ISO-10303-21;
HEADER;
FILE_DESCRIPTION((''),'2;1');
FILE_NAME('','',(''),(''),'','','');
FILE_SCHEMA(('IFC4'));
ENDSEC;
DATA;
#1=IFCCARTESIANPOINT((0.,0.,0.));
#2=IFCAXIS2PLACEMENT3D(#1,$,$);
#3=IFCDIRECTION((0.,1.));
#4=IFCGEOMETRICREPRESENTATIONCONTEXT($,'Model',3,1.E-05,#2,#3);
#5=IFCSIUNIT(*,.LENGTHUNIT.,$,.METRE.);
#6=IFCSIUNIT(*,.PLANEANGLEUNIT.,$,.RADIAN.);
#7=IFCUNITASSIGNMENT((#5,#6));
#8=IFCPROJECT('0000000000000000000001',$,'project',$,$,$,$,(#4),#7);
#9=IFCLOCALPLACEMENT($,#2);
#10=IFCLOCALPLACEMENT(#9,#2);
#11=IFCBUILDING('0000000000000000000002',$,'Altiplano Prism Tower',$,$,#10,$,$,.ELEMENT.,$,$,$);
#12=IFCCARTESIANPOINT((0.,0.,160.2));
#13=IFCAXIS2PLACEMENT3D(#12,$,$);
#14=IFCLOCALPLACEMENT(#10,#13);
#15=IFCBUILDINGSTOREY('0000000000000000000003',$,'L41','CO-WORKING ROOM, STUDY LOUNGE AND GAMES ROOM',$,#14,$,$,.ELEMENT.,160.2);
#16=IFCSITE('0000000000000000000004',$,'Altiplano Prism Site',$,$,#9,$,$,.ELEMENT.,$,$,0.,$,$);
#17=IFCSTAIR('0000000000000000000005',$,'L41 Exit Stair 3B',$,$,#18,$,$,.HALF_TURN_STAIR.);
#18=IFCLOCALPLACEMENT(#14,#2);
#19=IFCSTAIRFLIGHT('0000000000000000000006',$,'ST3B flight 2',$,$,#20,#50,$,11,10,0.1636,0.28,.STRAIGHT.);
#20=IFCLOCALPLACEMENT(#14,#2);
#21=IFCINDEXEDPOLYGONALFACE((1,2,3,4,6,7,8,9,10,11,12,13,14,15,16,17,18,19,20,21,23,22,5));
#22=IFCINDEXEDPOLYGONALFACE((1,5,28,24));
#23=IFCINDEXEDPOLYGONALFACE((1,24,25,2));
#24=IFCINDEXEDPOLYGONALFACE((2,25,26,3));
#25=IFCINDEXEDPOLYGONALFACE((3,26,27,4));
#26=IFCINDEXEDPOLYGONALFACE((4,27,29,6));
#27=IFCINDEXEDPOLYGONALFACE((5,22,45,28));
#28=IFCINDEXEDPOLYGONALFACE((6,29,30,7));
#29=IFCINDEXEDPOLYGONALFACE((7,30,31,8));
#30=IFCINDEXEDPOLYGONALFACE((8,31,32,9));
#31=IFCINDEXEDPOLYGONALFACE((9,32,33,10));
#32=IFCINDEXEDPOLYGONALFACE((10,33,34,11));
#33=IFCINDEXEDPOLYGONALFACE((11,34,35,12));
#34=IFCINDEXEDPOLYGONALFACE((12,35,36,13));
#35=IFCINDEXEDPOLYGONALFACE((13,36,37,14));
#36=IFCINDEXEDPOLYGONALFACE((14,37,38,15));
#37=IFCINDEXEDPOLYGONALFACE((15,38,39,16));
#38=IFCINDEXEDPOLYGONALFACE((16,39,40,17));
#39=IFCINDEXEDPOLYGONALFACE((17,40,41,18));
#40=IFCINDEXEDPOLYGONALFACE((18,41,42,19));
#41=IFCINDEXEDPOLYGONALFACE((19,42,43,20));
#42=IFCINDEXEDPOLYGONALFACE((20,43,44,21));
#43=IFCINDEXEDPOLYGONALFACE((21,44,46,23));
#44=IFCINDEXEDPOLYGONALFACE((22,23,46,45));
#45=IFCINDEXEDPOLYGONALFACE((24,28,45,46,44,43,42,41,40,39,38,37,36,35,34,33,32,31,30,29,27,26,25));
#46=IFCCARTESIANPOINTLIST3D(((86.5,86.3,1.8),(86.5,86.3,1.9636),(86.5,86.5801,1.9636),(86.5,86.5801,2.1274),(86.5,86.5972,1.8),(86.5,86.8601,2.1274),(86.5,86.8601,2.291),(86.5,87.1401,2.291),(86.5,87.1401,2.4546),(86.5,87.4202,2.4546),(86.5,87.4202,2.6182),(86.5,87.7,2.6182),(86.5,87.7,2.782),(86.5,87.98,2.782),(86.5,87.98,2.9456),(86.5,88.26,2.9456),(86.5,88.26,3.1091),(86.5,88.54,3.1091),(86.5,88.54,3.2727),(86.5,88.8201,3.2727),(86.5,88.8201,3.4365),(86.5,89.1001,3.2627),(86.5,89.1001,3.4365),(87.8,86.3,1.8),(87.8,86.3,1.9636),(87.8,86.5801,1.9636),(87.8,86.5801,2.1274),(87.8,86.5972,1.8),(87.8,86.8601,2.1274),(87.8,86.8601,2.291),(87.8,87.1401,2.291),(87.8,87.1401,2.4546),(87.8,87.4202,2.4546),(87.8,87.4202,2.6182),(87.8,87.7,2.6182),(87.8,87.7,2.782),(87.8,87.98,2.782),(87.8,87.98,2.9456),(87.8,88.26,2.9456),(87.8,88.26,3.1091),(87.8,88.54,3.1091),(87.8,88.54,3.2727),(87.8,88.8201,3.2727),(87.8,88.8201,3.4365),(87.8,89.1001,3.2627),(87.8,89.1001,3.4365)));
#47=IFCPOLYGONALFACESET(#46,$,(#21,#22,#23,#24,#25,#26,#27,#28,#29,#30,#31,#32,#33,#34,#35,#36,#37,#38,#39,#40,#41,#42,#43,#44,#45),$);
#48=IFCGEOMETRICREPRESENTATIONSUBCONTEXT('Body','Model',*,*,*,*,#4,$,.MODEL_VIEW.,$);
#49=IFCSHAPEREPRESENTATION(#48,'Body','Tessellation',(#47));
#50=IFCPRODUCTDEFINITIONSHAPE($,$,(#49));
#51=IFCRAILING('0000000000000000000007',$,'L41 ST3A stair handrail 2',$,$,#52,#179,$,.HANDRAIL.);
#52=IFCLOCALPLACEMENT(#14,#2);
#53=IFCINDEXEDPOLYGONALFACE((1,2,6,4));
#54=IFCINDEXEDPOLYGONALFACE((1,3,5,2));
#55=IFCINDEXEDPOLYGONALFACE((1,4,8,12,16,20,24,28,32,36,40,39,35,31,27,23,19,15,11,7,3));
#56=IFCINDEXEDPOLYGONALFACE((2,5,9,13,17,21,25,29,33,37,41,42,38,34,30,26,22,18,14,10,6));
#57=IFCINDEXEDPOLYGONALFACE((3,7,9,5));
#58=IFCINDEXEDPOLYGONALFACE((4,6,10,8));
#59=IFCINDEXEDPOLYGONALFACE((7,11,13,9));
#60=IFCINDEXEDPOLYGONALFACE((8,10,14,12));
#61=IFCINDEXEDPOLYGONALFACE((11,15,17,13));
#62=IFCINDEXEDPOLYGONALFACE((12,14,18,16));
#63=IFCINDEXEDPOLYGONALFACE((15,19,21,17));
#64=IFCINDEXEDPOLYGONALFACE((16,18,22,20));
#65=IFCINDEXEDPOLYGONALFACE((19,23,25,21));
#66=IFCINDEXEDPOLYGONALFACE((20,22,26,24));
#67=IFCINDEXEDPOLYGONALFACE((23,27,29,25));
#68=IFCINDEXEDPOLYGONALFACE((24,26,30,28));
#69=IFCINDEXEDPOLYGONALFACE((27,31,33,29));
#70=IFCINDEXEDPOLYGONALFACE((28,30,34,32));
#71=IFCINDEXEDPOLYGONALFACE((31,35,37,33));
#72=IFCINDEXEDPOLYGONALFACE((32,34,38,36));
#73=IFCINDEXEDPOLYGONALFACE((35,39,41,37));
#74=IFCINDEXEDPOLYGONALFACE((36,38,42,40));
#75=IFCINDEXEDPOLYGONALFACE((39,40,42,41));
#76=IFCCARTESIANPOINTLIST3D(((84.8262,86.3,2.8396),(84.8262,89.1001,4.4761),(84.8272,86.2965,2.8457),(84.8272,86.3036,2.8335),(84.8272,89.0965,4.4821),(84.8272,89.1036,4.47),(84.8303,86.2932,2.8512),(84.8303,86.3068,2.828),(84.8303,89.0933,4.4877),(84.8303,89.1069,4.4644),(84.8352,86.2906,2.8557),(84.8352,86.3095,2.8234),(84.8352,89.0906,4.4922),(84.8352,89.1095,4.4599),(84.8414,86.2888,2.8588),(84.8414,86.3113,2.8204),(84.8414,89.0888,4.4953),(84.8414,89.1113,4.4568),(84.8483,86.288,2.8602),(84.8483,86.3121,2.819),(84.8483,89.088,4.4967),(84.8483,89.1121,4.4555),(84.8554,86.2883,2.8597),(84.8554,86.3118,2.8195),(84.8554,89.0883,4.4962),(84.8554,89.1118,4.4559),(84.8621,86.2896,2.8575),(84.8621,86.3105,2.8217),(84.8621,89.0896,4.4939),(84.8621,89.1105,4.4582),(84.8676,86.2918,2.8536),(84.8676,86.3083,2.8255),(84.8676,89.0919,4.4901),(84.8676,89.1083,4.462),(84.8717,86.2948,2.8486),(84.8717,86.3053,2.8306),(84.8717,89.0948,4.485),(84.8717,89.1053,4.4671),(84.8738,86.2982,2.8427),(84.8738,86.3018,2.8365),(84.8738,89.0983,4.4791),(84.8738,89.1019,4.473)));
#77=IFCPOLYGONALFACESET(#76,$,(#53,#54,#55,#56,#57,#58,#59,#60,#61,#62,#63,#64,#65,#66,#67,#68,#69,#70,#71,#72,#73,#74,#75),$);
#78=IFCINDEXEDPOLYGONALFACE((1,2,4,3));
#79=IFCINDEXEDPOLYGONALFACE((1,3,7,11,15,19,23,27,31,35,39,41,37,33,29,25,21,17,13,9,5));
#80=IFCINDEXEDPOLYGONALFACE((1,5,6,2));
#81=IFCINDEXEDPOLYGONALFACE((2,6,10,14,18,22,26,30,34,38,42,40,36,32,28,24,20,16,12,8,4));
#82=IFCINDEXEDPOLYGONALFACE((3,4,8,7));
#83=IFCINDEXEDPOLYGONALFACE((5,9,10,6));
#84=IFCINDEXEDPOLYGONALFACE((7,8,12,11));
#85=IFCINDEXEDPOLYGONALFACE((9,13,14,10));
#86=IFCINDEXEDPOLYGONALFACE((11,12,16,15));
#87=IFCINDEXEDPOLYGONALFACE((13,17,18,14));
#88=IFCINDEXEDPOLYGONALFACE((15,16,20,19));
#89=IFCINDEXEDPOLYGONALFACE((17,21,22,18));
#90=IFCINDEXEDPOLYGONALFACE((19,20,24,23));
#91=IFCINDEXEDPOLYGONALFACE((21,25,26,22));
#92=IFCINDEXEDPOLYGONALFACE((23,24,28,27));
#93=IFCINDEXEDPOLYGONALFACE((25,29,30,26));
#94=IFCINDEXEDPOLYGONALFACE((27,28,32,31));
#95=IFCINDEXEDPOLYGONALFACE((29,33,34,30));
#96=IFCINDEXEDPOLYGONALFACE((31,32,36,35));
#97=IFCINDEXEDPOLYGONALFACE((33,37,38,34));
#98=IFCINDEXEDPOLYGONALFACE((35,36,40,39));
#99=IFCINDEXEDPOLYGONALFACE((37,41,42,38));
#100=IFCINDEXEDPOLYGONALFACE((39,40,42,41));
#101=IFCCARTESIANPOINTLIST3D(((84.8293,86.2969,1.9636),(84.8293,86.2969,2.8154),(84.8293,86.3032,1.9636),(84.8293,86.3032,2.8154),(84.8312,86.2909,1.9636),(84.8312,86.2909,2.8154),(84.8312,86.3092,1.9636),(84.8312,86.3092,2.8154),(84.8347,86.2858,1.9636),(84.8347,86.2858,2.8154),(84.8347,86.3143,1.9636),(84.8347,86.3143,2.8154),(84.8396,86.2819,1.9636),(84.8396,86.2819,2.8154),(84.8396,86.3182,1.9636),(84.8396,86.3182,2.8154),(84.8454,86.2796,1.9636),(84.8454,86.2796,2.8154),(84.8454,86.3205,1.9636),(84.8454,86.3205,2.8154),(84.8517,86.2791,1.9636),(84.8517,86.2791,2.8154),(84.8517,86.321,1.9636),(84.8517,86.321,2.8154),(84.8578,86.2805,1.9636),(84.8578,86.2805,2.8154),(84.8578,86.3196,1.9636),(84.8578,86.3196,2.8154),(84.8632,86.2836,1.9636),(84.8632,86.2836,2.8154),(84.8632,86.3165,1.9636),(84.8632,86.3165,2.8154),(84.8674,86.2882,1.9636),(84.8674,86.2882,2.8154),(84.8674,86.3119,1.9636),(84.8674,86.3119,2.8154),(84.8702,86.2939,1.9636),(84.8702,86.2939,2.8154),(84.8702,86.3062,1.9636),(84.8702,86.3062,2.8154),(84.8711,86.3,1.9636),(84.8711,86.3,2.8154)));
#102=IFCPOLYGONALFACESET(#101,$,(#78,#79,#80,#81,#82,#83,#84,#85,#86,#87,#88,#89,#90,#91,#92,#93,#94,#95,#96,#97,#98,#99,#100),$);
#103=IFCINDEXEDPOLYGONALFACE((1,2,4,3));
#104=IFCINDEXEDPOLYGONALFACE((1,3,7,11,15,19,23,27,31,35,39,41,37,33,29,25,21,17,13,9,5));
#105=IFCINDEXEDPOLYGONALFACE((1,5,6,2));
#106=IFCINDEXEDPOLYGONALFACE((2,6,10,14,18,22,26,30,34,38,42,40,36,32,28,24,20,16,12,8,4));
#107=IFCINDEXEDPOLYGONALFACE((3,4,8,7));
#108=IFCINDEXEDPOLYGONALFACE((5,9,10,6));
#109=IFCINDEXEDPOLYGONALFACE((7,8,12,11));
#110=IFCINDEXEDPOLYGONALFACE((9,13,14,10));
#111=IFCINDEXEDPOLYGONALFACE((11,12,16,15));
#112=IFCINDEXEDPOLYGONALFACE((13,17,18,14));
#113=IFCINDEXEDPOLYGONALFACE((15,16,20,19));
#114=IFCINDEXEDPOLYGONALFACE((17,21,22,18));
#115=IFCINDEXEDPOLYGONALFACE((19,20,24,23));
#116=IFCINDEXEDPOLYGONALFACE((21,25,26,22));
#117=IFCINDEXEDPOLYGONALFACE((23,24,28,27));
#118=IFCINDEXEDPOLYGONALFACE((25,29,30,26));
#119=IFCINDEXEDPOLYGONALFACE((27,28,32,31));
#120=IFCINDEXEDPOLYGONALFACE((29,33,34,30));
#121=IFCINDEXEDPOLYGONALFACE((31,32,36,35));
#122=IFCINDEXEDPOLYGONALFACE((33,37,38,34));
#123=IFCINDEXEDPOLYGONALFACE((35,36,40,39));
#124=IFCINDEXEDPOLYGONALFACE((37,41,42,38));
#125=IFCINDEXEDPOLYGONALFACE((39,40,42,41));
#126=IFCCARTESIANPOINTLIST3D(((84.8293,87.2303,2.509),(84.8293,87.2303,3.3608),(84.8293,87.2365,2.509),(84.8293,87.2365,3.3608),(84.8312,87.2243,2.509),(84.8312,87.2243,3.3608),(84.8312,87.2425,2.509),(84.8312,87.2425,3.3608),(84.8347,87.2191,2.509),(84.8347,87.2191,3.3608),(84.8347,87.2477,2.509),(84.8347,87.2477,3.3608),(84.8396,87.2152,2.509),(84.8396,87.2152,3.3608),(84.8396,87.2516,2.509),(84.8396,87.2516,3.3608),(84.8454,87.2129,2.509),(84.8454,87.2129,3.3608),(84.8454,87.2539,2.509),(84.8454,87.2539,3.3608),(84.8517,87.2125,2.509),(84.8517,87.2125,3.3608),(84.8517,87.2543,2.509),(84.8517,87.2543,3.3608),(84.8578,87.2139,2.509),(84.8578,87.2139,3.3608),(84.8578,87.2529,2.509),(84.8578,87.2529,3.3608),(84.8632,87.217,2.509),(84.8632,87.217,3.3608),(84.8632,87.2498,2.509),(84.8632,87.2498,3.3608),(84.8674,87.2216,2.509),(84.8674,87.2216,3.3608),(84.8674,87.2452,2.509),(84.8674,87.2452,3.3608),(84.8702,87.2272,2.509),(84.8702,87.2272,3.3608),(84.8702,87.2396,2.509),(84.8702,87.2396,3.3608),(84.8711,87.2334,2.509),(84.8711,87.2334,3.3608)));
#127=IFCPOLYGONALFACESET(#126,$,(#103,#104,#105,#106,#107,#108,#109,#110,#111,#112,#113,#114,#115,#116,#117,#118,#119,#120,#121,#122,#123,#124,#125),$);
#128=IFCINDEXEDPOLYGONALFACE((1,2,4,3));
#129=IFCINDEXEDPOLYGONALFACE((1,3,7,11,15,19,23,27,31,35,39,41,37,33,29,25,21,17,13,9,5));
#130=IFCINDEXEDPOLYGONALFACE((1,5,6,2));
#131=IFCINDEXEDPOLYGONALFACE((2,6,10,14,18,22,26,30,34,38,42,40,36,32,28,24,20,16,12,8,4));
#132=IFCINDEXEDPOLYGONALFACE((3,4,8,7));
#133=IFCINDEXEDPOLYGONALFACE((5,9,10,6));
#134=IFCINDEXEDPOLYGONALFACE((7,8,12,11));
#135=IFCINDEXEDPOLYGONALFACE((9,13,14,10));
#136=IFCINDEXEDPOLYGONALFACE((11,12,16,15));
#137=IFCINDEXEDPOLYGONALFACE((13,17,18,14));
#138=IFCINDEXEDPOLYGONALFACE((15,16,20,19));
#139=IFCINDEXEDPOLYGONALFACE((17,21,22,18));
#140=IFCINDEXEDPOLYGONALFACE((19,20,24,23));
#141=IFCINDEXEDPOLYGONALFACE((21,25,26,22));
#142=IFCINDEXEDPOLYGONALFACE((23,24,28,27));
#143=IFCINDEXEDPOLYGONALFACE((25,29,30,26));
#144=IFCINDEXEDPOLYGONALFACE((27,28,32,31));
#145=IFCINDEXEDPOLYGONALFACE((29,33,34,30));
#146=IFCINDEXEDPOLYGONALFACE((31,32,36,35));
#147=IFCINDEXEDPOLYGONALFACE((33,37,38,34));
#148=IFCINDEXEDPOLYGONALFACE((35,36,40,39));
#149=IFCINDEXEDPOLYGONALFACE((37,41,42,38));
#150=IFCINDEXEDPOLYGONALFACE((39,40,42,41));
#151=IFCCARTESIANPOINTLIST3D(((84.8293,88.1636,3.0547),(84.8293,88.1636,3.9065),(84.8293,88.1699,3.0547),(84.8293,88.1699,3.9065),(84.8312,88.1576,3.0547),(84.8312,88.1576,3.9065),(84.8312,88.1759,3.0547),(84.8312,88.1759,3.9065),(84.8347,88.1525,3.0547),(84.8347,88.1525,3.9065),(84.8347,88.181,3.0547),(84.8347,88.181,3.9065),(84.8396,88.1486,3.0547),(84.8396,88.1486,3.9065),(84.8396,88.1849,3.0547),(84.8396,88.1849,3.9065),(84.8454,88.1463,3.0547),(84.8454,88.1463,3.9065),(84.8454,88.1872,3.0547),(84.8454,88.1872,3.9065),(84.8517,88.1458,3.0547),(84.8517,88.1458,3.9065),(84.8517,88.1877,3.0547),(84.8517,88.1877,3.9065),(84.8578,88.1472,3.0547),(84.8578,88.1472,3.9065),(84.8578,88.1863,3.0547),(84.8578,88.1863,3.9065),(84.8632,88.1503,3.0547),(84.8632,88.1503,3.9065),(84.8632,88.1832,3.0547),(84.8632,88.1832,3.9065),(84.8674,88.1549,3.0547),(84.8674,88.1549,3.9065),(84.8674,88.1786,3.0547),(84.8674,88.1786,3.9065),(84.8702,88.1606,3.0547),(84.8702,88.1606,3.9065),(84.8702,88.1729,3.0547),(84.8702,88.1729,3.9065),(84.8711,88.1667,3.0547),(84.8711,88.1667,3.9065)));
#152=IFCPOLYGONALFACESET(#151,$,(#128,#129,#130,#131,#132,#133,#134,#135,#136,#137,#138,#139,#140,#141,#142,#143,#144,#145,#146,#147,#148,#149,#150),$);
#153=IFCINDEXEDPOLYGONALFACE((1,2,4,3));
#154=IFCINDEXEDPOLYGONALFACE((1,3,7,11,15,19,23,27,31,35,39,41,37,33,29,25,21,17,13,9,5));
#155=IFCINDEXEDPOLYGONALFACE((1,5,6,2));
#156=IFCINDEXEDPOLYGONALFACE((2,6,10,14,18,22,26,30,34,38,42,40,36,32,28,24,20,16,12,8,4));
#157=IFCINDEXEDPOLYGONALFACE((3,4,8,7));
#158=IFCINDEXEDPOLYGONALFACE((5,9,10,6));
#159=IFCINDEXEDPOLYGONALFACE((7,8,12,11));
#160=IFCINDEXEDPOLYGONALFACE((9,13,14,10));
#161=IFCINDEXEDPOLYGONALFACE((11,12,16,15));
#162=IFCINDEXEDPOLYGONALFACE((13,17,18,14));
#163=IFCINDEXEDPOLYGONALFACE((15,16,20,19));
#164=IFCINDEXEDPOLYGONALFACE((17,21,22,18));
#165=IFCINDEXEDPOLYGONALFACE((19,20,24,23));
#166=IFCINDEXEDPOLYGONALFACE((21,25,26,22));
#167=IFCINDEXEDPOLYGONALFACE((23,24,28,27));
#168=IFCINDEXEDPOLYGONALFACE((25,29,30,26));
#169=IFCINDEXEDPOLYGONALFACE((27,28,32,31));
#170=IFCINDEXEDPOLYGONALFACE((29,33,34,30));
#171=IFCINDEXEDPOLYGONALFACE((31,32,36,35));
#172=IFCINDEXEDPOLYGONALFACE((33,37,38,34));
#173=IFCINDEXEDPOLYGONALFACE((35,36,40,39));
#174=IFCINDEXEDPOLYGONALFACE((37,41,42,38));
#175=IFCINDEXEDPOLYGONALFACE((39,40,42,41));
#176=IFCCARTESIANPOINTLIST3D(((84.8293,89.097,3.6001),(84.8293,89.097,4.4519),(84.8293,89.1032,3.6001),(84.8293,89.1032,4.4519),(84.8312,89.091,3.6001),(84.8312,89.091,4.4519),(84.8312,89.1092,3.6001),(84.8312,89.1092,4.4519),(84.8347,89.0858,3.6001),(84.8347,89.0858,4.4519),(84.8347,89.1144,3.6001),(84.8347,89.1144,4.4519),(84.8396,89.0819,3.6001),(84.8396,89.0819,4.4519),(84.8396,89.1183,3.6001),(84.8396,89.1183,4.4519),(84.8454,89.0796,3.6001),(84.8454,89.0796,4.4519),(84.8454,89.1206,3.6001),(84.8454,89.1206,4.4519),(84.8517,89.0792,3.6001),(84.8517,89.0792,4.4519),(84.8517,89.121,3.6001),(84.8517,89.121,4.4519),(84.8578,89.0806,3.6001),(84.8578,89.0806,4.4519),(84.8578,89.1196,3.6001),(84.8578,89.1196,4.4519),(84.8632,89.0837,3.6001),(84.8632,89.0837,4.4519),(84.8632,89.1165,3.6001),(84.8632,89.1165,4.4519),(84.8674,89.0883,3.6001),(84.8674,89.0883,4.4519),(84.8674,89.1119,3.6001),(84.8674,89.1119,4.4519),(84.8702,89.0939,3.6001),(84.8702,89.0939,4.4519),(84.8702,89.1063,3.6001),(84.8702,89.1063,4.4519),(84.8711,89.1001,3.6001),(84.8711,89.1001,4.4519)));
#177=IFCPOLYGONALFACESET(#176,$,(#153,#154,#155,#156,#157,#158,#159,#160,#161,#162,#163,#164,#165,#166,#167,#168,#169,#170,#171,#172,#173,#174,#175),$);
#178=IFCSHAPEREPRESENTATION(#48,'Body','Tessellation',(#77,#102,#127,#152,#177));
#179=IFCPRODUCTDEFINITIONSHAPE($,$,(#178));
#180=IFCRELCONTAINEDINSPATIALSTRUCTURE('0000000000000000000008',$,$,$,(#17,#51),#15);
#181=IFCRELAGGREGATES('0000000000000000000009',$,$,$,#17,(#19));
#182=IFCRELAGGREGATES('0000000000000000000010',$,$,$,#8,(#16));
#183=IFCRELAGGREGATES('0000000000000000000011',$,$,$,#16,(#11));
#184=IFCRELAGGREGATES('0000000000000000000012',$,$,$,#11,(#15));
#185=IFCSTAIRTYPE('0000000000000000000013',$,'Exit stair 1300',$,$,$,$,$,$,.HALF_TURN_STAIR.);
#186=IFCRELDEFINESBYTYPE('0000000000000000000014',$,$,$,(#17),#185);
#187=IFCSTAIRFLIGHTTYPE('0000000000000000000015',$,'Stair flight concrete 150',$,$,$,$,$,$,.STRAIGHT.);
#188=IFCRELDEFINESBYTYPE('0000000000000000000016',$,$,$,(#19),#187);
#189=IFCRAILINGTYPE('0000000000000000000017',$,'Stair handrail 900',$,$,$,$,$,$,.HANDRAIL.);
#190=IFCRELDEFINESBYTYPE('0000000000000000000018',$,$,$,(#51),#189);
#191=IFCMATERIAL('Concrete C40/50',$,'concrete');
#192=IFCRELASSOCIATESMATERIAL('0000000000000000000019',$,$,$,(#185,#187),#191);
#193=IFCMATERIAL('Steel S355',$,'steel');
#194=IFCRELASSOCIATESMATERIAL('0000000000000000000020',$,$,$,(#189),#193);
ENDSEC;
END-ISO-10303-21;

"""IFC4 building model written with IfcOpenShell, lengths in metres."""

from ifc_helpers import new_model, si_unit, direction, frame, origin, origin_2d, place, context, subcontext, project, spatial, polyline, circle, outline, extrude, material, type_object, element, aggregate, save


model = new_model("IFC4")

# Units and contexts
model_context = context("Model", 3, precision=1e-05, world=origin(), true_north=direction((0.0, 1.0)))
body_context = subcontext(model_context, "Body", "Model", "MODEL_VIEW")
ifc_project = project(units=[si_unit("LENGTHUNIT", "METRE"), si_unit("PLANEANGLEUNIT", "RADIAN")], contexts=[model_context])

# Site, building, storey
site_placement = place(None, origin())
site = spatial("IfcSite", under=ifc_project, at=site_placement, Name="Altiplano Prism Site", CompositionType="ELEMENT", RefElevation=0.0)
building_placement = place(site_placement, origin())
building = spatial("IfcBuilding", under=site, at=building_placement, Name="Altiplano Prism Tower", CompositionType="ELEMENT")
storey_placement = place(building_placement, frame((0.0, 0.0, 160.2)))
storey = spatial("IfcBuildingStorey", under=building, at=storey_placement, Name="L41", Description="CO-WORKING ROOM, STUDY LOUNGE AND GAMES ROOM", CompositionType="ELEMENT", Elevation=160.2)

# Shared definitions
ifc_material_1 = material(Name="Concrete C40/50", Category="concrete")
stair_type = type_object("IfcStairType", Name="Exit stair 1300", PredefinedType="HALF_TURN_STAIR", material=ifc_material_1)
stair_flight_type = type_object("IfcStairFlightType", Name="Stair flight concrete 150", PredefinedType="STRAIGHT", material=ifc_material_1)

# Stair, stair flight
stair_1_placement = place(storey_placement, origin())
stair_1 = element("IfcStair", 1, at=stair_1_placement, inside=storey, type_object=stair_type, Name="L41 Exit Stair 3B", PredefinedType="HALF_TURN_STAIR")
stair_flight_1_placement = place(storey_placement, frame((87.1499, 86.3, 1.8), z_axis=(0.0, 0.0, 1.0), x_axis=(0.0, 1.0, 0.0)))
stair_flight_1 = element("IfcStairFlight", 2, at=stair_flight_1_placement, type_object=stair_flight_type, Name="ST3B flight 2", NumberOfRisers=11, NumberOfTreads=10, PredefinedType="STRAIGHT", RiserHeight=0.1636, TreadLength=0.28, context=body_context, shape_type="SweptSolid", body=[
    extrude(outline(polyline([(0.0, 0.0), (0.0, 0.1636), (0.28, 0.1636), (0.28, 0.3274), (0.5601, 0.3274), (0.5601, 0.491), (0.8401, 0.491), (0.8401, 0.6545), (1.1201, 0.6545), (1.1201, 0.8181), (1.3999, 0.8181), (1.3999, 0.9819), (1.6799, 0.9819), (1.6799, 1.1455), (1.96, 1.1455), (1.96, 1.3091), (2.24, 1.3091), (2.24, 1.4727), (2.52, 1.4727), (2.52, 1.6365), (2.8, 1.6365), (2.8, 1.8), (2.8, 1.4626), (0.2971, 0.0), (0.0, 0.0)])), frame((0.0, 0.6499, 0.0), z_axis=(0.0, -1.0, 0.0), x_axis=(1.0, 0.0, 0.0)), (0.0, 0.0, 1.0), 1.3),
])
aggregate(stair_1, [stair_flight_1])

# Railing
ifc_material_2 = material(Name="Steel S355", Category="steel")
railing_type_1 = type_object("IfcRailingType", Name="Stair handrail 900", PredefinedType="HANDRAIL", material=ifc_material_2)
railing_1_placement = place(storey_placement, frame((84.8501, 86.3, 1.9636)))
element("IfcRailing", 3, at=railing_1_placement, inside=storey, type_object=railing_type_1, Name="L41 ST3A stair handrail 2", PredefinedType="HANDRAIL", context=body_context, shape_type="SweptSolid", body=[
    extrude(circle(Radius=0.0239, at=origin_2d()), frame((0.0, 0.0, 0.876), z_axis=(0.0, 0.863361, 0.504587), x_axis=(-1.0, 0.0, 0.0)), (0.0, 0.0, 1.0), 3.2432),
    extrude(circle(Radius=0.021, at=origin_2d()), origin(), (0.0, 0.0, 1.0), 0.8518),
    extrude(circle(Radius=0.021, at=origin_2d()), frame((0.0, 0.9333, 0.5454)), (0.0, 0.0, 1.0), 0.8518),
    extrude(circle(Radius=0.021, at=origin_2d()), frame((0.0, 1.8667, 1.0911)), (0.0, 0.0, 1.0), 0.8518),
    extrude(circle(Radius=0.021, at=origin_2d()), frame((0.0, 2.8, 1.6365)), (0.0, 0.0, 1.0), 0.8518),
])

save(model, "model.ifc")
